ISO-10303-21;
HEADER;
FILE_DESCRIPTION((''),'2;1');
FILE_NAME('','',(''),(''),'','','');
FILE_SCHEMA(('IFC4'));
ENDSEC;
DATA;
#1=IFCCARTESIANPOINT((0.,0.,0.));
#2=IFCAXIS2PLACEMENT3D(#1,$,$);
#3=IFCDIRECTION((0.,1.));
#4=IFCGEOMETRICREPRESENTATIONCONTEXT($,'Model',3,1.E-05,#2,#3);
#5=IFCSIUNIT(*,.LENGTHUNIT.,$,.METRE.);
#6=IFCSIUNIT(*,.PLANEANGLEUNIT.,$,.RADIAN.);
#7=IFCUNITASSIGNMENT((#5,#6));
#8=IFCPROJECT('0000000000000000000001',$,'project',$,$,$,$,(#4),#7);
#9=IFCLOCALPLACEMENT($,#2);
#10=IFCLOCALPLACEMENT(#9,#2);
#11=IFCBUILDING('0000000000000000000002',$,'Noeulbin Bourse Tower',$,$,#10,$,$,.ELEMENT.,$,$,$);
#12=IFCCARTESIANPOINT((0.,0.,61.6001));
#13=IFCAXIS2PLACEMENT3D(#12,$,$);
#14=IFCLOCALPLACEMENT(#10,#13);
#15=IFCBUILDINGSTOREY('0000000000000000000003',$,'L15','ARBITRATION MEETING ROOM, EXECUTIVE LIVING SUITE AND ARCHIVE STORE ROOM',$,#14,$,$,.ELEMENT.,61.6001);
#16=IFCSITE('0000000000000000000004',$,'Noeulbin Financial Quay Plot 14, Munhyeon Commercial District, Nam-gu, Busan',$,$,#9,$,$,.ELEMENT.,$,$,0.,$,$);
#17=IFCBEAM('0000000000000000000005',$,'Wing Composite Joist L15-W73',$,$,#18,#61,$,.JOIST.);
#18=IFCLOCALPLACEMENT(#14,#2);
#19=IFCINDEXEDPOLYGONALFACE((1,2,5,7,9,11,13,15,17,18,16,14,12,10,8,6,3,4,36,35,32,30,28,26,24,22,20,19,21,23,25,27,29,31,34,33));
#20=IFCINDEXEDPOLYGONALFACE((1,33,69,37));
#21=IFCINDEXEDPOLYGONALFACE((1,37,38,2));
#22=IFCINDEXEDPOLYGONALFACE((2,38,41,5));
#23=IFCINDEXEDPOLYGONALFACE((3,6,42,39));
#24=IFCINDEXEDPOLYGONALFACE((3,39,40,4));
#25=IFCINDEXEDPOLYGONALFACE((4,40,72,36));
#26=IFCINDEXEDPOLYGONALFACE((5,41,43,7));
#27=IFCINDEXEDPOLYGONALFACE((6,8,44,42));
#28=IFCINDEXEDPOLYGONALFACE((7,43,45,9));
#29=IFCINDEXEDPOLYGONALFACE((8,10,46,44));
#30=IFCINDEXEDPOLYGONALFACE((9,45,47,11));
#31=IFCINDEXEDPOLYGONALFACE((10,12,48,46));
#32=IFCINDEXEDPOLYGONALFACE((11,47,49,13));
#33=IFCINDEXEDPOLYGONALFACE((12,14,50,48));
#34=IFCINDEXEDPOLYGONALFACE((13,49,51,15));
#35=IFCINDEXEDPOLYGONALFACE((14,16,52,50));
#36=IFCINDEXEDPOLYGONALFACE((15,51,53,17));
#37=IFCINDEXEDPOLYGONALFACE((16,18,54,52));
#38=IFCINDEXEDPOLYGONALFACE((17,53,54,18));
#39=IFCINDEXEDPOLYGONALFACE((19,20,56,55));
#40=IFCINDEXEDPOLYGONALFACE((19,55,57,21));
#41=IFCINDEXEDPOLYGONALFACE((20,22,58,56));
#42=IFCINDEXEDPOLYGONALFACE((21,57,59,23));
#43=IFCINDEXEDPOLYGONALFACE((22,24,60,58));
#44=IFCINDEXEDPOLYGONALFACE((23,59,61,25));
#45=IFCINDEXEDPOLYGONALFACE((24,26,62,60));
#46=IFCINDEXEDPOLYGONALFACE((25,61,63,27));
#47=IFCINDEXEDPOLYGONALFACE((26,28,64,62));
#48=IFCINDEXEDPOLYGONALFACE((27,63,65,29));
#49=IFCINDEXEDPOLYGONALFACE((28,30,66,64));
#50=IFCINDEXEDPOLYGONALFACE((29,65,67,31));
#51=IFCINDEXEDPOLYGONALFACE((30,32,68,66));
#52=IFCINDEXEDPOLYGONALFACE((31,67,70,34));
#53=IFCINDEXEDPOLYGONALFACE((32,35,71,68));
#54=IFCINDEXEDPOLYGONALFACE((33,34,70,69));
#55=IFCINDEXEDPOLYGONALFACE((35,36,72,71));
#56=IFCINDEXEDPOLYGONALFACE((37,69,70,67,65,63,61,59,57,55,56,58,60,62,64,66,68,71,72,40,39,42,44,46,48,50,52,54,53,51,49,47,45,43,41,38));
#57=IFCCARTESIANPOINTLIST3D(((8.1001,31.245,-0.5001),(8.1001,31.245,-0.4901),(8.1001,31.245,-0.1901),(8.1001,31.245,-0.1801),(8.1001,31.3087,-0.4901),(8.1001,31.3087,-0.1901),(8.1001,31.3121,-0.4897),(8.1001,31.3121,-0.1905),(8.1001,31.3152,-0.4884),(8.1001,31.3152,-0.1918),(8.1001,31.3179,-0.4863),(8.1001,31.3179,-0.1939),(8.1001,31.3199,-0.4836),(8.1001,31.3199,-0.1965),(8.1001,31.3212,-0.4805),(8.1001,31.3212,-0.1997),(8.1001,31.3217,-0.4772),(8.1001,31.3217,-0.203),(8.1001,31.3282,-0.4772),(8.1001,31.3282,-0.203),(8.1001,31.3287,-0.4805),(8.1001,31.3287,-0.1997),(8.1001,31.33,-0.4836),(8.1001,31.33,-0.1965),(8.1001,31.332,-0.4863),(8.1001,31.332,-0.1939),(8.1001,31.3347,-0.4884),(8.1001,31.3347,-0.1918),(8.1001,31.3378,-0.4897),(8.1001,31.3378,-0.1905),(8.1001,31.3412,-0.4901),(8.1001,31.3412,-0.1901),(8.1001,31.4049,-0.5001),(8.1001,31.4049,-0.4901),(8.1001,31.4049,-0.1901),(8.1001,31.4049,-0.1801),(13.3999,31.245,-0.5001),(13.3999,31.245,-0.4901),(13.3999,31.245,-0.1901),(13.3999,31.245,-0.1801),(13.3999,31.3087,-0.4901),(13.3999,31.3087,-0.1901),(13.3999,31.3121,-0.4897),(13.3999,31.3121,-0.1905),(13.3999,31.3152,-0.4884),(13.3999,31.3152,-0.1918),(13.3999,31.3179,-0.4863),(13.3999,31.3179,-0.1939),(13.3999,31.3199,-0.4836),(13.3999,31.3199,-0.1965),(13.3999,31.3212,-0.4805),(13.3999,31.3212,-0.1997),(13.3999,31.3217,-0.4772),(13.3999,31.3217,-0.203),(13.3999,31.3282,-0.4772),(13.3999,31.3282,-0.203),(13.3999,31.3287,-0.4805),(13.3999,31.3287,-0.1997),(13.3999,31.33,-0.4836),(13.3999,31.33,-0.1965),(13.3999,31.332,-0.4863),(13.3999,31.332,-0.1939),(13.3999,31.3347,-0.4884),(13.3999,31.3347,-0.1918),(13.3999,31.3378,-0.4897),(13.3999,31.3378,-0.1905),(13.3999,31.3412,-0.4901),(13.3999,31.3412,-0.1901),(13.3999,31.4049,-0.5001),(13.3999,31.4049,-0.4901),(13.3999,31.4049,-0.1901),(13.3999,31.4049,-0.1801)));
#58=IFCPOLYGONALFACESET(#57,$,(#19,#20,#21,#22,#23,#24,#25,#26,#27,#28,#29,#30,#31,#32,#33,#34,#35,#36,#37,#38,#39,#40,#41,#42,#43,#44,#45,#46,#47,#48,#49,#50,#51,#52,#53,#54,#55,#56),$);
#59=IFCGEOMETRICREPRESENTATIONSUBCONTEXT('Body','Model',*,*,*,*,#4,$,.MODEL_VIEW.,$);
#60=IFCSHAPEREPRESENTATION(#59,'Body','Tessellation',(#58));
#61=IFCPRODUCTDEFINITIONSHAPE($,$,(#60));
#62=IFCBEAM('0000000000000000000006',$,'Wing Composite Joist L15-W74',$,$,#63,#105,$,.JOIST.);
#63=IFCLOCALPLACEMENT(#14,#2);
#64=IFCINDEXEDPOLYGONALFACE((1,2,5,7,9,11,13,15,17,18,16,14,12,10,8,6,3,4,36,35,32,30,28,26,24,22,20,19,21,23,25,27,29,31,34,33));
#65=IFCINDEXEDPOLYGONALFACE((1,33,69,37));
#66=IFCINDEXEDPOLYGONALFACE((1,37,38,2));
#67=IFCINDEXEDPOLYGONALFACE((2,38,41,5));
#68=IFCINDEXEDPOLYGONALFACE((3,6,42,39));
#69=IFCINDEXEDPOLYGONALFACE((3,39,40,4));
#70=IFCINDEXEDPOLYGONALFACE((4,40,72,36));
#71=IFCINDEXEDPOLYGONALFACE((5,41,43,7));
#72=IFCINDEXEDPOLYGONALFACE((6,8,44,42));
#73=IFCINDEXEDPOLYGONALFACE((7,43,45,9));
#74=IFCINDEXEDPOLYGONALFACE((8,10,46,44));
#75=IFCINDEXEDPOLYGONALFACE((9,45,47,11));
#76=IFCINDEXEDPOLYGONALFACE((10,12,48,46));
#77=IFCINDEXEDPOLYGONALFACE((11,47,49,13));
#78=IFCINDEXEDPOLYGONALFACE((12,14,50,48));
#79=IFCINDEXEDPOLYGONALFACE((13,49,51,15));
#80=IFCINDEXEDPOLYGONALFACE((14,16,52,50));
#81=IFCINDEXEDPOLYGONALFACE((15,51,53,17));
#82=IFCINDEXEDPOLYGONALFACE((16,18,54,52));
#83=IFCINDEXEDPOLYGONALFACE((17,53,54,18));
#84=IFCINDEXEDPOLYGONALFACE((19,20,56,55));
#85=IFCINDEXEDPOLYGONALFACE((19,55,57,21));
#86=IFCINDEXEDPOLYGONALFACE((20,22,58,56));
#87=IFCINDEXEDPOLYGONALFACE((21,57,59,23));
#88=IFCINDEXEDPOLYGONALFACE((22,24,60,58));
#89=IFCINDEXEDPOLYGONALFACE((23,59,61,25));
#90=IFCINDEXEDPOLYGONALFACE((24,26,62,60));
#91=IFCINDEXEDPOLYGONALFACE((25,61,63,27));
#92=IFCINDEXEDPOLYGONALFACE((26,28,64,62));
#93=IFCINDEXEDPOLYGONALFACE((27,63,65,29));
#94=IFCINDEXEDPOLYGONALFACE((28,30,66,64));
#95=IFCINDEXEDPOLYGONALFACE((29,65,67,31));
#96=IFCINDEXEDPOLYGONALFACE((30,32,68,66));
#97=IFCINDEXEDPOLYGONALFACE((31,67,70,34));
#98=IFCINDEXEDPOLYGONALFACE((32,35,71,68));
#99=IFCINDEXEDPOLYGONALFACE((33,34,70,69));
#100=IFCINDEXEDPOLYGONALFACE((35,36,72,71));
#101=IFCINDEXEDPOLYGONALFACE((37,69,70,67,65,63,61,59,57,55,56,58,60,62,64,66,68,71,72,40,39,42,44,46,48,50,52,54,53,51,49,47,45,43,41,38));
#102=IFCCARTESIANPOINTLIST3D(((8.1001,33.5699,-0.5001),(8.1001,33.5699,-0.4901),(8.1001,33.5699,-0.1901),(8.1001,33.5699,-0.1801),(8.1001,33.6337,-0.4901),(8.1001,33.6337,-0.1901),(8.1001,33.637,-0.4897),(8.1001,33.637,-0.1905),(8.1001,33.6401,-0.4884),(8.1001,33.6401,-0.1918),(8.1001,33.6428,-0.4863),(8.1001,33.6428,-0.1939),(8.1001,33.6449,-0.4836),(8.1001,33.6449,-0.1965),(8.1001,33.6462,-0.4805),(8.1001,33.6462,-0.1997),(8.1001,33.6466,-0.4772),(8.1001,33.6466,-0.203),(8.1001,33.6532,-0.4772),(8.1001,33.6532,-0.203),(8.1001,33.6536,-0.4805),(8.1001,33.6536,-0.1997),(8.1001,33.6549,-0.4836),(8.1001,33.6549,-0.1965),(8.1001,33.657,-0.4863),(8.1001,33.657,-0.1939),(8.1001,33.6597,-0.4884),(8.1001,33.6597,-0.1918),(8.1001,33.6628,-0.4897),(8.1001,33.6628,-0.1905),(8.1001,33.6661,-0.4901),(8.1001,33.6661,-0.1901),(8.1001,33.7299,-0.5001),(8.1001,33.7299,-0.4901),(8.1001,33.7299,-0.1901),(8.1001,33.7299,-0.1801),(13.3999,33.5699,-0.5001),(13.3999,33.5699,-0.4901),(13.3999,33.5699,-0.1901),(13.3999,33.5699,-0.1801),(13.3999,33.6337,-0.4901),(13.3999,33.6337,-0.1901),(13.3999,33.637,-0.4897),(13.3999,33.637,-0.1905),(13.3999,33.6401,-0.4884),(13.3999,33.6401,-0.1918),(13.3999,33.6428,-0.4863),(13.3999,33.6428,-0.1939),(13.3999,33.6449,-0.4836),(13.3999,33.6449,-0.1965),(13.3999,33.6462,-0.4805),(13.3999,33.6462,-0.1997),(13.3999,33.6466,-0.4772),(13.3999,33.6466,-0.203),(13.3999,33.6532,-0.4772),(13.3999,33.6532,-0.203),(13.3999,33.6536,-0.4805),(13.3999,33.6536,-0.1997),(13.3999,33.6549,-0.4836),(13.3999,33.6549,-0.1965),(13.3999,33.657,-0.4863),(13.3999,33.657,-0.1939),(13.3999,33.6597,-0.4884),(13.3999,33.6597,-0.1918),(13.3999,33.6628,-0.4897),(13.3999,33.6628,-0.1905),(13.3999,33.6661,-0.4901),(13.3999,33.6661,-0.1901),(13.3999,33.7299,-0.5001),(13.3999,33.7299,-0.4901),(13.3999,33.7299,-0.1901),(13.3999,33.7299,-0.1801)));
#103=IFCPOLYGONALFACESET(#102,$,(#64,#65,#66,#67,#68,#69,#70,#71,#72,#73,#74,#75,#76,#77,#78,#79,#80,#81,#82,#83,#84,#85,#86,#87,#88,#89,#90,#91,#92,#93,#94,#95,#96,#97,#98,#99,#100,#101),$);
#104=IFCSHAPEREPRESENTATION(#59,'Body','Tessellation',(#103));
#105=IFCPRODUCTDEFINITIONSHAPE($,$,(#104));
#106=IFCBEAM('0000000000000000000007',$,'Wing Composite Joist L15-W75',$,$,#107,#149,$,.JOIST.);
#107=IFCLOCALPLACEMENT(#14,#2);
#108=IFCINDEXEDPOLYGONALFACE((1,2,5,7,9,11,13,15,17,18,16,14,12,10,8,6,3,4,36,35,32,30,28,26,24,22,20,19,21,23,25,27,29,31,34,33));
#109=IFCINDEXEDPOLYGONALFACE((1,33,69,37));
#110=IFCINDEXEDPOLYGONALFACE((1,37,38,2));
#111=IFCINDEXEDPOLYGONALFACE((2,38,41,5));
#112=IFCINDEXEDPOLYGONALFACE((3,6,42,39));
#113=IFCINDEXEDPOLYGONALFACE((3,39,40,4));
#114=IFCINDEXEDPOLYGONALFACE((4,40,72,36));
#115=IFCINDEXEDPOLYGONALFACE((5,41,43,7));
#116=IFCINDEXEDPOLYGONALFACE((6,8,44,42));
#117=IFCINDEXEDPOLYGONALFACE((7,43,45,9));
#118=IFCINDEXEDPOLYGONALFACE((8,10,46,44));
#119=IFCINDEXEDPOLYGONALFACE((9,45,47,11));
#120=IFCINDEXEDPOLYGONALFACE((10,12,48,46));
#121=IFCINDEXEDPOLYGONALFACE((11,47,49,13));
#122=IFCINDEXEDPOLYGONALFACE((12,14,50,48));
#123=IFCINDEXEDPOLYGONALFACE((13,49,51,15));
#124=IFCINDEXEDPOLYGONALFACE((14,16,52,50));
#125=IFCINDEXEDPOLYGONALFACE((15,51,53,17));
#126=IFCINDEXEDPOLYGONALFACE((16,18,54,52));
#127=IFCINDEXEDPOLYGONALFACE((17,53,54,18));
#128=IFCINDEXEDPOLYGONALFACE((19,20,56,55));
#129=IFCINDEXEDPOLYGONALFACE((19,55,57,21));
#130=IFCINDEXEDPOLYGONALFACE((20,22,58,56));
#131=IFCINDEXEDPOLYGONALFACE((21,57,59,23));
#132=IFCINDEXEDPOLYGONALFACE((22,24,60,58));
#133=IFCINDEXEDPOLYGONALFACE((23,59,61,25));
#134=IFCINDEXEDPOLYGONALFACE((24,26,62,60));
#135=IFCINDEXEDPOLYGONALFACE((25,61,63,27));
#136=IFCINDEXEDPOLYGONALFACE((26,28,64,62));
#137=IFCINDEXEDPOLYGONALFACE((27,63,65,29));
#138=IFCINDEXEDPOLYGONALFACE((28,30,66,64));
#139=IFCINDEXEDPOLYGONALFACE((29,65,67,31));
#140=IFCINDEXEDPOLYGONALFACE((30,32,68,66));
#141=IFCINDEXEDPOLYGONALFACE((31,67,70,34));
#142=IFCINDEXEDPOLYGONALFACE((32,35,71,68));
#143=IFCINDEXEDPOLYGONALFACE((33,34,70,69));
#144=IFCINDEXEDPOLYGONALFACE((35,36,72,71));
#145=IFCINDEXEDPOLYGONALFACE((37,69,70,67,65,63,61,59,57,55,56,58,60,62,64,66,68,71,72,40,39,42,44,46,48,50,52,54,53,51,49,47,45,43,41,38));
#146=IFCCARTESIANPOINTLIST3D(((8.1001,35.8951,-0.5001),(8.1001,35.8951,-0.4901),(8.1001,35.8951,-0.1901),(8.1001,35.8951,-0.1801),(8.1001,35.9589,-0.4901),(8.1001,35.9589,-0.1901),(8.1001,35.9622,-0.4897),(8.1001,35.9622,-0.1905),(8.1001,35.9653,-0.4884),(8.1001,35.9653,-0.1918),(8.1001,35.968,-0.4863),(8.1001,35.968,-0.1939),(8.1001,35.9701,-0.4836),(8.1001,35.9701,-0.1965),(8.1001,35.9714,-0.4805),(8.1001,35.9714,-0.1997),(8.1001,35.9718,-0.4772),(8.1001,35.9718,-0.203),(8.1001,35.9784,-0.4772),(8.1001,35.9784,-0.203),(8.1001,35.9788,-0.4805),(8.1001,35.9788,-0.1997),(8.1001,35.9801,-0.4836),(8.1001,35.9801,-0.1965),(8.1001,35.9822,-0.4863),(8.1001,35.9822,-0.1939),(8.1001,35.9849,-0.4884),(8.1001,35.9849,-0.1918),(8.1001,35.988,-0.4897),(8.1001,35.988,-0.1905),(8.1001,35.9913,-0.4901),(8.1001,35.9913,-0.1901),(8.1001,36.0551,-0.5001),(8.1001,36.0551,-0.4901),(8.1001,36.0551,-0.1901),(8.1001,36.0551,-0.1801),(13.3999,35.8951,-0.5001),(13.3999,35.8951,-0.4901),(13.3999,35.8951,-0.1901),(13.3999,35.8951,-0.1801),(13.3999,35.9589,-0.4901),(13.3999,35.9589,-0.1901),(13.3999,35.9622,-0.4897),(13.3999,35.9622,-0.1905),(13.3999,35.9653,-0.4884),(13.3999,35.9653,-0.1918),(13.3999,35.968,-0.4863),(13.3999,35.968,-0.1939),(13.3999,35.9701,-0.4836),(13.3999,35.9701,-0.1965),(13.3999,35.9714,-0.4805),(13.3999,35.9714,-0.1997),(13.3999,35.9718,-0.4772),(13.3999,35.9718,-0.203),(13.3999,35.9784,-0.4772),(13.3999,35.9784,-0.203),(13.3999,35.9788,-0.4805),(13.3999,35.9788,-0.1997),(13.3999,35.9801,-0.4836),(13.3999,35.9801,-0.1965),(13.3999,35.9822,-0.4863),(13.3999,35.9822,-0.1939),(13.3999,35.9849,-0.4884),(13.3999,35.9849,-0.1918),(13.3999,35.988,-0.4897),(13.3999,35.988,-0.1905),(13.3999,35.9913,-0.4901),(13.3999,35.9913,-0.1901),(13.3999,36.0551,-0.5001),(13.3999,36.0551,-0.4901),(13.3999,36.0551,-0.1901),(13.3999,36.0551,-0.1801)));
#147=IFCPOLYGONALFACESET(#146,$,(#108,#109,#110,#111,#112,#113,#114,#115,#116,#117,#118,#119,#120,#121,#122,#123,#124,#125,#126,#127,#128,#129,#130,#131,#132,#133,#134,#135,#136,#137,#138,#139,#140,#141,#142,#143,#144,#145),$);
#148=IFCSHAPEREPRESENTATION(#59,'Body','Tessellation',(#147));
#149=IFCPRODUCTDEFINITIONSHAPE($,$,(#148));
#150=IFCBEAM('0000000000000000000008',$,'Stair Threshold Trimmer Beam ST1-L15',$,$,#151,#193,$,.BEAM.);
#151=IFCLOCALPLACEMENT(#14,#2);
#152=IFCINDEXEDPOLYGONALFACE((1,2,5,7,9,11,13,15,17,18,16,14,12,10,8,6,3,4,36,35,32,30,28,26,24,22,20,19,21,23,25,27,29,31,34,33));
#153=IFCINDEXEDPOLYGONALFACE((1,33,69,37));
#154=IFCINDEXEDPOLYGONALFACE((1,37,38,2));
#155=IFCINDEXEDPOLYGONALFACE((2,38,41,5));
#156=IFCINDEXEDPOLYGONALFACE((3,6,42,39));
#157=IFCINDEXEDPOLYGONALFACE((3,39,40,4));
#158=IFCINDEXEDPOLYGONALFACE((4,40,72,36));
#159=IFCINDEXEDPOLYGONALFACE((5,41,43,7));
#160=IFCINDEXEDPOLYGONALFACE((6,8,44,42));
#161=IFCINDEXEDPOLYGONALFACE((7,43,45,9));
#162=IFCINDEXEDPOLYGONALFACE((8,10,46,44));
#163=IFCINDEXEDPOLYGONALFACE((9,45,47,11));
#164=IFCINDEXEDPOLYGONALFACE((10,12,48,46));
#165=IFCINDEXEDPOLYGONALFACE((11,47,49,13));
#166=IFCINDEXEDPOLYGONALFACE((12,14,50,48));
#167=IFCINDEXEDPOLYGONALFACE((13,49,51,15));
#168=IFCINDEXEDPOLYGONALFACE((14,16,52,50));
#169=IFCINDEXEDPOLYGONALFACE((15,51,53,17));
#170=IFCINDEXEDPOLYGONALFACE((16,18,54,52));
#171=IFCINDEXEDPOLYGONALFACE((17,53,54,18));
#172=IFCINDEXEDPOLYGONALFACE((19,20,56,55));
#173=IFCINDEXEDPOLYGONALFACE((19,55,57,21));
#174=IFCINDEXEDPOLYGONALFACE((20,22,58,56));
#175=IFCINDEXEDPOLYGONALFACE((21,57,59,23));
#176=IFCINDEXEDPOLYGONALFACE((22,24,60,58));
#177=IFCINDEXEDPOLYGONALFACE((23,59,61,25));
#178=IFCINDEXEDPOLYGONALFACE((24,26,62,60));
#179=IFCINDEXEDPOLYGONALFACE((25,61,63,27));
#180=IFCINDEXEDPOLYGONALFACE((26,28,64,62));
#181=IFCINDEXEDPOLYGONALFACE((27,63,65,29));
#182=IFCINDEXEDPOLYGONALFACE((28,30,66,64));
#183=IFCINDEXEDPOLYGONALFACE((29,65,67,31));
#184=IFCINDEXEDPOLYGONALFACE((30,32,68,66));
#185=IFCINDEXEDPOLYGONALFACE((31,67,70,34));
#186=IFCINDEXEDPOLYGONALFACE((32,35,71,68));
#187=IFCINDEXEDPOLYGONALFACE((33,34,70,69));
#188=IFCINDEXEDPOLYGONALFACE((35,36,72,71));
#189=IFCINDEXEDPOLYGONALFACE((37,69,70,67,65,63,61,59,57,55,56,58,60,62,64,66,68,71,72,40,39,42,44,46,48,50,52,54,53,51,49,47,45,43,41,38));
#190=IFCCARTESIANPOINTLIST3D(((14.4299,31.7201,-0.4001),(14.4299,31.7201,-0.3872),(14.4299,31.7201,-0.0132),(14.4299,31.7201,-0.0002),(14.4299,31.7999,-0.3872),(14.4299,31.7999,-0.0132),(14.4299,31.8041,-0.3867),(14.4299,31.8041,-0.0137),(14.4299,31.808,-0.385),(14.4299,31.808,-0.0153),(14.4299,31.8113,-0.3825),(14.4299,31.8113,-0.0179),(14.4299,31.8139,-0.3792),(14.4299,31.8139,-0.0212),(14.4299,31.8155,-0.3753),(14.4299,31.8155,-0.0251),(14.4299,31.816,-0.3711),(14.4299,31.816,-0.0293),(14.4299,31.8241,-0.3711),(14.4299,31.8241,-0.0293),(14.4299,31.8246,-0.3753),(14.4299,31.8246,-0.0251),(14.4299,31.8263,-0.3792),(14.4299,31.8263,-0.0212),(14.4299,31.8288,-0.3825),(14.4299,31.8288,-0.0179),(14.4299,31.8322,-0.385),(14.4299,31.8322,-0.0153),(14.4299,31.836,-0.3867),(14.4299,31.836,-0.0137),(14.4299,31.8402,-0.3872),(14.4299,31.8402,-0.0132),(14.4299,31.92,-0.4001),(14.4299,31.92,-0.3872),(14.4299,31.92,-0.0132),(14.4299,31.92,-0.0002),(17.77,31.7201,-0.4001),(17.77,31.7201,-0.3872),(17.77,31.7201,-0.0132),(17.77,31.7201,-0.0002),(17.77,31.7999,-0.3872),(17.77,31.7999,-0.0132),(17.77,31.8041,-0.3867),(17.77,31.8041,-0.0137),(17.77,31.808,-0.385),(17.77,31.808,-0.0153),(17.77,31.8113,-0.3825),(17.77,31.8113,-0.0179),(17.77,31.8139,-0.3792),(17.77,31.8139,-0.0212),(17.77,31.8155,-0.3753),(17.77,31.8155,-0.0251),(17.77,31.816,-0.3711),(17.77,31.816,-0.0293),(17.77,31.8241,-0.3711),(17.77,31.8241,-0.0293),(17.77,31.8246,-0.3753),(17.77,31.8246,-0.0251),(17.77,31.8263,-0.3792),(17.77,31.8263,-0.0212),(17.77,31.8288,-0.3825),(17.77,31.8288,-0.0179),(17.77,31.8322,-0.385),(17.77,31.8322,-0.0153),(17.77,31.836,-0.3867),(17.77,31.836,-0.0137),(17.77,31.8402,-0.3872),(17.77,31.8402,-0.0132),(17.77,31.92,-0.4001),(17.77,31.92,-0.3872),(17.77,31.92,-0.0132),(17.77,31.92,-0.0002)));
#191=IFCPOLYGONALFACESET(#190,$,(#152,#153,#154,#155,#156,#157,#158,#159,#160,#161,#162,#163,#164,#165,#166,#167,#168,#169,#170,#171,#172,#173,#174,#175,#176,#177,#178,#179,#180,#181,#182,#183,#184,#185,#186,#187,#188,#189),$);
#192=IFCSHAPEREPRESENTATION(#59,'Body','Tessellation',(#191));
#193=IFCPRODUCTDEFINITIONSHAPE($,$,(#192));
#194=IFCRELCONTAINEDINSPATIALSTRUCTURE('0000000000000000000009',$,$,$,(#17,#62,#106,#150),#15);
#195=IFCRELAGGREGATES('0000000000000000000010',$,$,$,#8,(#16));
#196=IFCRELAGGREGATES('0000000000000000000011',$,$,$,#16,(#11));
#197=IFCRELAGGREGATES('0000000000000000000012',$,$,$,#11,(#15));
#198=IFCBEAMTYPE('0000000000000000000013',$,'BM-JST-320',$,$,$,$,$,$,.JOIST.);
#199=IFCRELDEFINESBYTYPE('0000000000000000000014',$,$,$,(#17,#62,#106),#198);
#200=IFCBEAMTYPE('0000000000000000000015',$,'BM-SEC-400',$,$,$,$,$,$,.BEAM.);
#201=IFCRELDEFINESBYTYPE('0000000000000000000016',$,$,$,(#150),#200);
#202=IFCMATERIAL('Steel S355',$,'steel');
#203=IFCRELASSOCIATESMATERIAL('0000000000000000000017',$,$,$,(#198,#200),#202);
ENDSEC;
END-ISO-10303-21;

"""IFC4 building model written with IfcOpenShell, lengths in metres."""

from ifc_helpers import new_model, si_unit, direction, frame, origin, origin_2d, place, context, subcontext, project, spatial, i_section, extrude, material, material_profile, profile_set, type_object, element, save


model = new_model("IFC4")

# Units and contexts
model_context = context("Model", 3, precision=1e-05, world=origin(), true_north=direction((0.0, 1.0)))
body_context = subcontext(model_context, "Body", "Model", "MODEL_VIEW")
ifc_project = project(units=[si_unit("LENGTHUNIT", "METRE"), si_unit("PLANEANGLEUNIT", "RADIAN")], contexts=[model_context])

# Site, building, storey
site_placement = place(None, origin())
site = spatial("IfcSite", under=ifc_project, at=site_placement, Name="Noeulbin Financial Quay Plot 14, Munhyeon Commercial District, Nam-gu, Busan", CompositionType="ELEMENT", RefElevation=0.0)
building_placement = place(site_placement, origin())
building = spatial("IfcBuilding", under=site, at=building_placement, Name="Noeulbin Bourse Tower", CompositionType="ELEMENT")
storey_placement = place(building_placement, frame((0.0, 0.0, 61.6001)))
storey = spatial("IfcBuildingStorey", under=building, at=storey_placement, Name="L15", Description="ARBITRATION MEETING ROOM, EXECUTIVE LIVING SUITE AND ARCHIVE STORE ROOM", CompositionType="ELEMENT", Elevation=61.6001)

# Beams
ifc_material_1 = material(Name="Steel S355", Category="steel")
ifc_material_profile_1 = material_profile(ifc_material_1, i_section(OverallWidth=0.1599, OverallDepth=0.3201, WebThickness=0.0066, FlangeThickness=0.01, FilletRadius=0.0129, at=origin_2d()), Name="H-320x160x6.5x10", Category="LoadBearing")
ifc_profile_set_1 = profile_set([ifc_material_profile_1], Name="Steel S355")
beam_type_1 = type_object("IfcBeamType", Name="BM-JST-320", PredefinedType="JOIST", material=ifc_profile_set_1)
for number, where, z_axis, x_axis, name in (
    (1, (8.1001, 31.325, -0.3401), (1.0, 0.0, 0.0), (0.0, 1.0, 0.0), "Wing Composite Joist L15-W73"),
    (2, (8.1001, 33.6499, -0.3401), (1.0, 0.0, 0.0), (0.0, 1.0, 0.0), "Wing Composite Joist L15-W74"),
    (3, (8.1001, 35.9751, -0.3401), (1.0, 0.0, 0.0), (0.0, 1.0, 0.0), "Wing Composite Joist L15-W75"),
):
    element("IfcBeam", number, at=place(storey_placement, frame(where, z_axis=z_axis, x_axis=x_axis)), inside=storey, type_object=beam_type_1, Name=name, PredefinedType="JOIST", context=body_context, shape_type="SweptSolid", body=[
        extrude(i_section(OverallWidth=0.1599, OverallDepth=0.3201, WebThickness=0.0066, FlangeThickness=0.01, FilletRadius=0.0129, at=origin_2d()), origin(), (0.0, 0.0, 1.0), 5.2998),
    ])
ifc_material_profile_2 = material_profile(ifc_material_1, i_section(OverallWidth=0.2, OverallDepth=0.3999, WebThickness=0.0081, FlangeThickness=0.0129, FilletRadius=0.0161, at=origin_2d()), Name="H-400x200x8x13", Category="LoadBearing")
ifc_profile_set_2 = profile_set([ifc_material_profile_2], Name="Steel S355")
beam_type_2 = type_object("IfcBeamType", Name="BM-SEC-400", PredefinedType="BEAM", material=ifc_profile_set_2)
beam_placement = place(storey_placement, frame((14.4299, 31.8201, -0.2002), z_axis=(1.0, 0.0, 0.0), x_axis=(0.0, 1.0, 0.0)))
element("IfcBeam", 4, at=beam_placement, inside=storey, type_object=beam_type_2, Name="Stair Threshold Trimmer Beam ST1-L15", PredefinedType="BEAM", context=body_context, shape_type="SweptSolid", body=[
    extrude(i_section(OverallWidth=0.2, OverallDepth=0.3999, WebThickness=0.0081, FlangeThickness=0.0129, FilletRadius=0.0161, at=origin_2d()), origin(), (0.0, 0.0, 1.0), 3.3401),
])

save(model, "model.ifc")
